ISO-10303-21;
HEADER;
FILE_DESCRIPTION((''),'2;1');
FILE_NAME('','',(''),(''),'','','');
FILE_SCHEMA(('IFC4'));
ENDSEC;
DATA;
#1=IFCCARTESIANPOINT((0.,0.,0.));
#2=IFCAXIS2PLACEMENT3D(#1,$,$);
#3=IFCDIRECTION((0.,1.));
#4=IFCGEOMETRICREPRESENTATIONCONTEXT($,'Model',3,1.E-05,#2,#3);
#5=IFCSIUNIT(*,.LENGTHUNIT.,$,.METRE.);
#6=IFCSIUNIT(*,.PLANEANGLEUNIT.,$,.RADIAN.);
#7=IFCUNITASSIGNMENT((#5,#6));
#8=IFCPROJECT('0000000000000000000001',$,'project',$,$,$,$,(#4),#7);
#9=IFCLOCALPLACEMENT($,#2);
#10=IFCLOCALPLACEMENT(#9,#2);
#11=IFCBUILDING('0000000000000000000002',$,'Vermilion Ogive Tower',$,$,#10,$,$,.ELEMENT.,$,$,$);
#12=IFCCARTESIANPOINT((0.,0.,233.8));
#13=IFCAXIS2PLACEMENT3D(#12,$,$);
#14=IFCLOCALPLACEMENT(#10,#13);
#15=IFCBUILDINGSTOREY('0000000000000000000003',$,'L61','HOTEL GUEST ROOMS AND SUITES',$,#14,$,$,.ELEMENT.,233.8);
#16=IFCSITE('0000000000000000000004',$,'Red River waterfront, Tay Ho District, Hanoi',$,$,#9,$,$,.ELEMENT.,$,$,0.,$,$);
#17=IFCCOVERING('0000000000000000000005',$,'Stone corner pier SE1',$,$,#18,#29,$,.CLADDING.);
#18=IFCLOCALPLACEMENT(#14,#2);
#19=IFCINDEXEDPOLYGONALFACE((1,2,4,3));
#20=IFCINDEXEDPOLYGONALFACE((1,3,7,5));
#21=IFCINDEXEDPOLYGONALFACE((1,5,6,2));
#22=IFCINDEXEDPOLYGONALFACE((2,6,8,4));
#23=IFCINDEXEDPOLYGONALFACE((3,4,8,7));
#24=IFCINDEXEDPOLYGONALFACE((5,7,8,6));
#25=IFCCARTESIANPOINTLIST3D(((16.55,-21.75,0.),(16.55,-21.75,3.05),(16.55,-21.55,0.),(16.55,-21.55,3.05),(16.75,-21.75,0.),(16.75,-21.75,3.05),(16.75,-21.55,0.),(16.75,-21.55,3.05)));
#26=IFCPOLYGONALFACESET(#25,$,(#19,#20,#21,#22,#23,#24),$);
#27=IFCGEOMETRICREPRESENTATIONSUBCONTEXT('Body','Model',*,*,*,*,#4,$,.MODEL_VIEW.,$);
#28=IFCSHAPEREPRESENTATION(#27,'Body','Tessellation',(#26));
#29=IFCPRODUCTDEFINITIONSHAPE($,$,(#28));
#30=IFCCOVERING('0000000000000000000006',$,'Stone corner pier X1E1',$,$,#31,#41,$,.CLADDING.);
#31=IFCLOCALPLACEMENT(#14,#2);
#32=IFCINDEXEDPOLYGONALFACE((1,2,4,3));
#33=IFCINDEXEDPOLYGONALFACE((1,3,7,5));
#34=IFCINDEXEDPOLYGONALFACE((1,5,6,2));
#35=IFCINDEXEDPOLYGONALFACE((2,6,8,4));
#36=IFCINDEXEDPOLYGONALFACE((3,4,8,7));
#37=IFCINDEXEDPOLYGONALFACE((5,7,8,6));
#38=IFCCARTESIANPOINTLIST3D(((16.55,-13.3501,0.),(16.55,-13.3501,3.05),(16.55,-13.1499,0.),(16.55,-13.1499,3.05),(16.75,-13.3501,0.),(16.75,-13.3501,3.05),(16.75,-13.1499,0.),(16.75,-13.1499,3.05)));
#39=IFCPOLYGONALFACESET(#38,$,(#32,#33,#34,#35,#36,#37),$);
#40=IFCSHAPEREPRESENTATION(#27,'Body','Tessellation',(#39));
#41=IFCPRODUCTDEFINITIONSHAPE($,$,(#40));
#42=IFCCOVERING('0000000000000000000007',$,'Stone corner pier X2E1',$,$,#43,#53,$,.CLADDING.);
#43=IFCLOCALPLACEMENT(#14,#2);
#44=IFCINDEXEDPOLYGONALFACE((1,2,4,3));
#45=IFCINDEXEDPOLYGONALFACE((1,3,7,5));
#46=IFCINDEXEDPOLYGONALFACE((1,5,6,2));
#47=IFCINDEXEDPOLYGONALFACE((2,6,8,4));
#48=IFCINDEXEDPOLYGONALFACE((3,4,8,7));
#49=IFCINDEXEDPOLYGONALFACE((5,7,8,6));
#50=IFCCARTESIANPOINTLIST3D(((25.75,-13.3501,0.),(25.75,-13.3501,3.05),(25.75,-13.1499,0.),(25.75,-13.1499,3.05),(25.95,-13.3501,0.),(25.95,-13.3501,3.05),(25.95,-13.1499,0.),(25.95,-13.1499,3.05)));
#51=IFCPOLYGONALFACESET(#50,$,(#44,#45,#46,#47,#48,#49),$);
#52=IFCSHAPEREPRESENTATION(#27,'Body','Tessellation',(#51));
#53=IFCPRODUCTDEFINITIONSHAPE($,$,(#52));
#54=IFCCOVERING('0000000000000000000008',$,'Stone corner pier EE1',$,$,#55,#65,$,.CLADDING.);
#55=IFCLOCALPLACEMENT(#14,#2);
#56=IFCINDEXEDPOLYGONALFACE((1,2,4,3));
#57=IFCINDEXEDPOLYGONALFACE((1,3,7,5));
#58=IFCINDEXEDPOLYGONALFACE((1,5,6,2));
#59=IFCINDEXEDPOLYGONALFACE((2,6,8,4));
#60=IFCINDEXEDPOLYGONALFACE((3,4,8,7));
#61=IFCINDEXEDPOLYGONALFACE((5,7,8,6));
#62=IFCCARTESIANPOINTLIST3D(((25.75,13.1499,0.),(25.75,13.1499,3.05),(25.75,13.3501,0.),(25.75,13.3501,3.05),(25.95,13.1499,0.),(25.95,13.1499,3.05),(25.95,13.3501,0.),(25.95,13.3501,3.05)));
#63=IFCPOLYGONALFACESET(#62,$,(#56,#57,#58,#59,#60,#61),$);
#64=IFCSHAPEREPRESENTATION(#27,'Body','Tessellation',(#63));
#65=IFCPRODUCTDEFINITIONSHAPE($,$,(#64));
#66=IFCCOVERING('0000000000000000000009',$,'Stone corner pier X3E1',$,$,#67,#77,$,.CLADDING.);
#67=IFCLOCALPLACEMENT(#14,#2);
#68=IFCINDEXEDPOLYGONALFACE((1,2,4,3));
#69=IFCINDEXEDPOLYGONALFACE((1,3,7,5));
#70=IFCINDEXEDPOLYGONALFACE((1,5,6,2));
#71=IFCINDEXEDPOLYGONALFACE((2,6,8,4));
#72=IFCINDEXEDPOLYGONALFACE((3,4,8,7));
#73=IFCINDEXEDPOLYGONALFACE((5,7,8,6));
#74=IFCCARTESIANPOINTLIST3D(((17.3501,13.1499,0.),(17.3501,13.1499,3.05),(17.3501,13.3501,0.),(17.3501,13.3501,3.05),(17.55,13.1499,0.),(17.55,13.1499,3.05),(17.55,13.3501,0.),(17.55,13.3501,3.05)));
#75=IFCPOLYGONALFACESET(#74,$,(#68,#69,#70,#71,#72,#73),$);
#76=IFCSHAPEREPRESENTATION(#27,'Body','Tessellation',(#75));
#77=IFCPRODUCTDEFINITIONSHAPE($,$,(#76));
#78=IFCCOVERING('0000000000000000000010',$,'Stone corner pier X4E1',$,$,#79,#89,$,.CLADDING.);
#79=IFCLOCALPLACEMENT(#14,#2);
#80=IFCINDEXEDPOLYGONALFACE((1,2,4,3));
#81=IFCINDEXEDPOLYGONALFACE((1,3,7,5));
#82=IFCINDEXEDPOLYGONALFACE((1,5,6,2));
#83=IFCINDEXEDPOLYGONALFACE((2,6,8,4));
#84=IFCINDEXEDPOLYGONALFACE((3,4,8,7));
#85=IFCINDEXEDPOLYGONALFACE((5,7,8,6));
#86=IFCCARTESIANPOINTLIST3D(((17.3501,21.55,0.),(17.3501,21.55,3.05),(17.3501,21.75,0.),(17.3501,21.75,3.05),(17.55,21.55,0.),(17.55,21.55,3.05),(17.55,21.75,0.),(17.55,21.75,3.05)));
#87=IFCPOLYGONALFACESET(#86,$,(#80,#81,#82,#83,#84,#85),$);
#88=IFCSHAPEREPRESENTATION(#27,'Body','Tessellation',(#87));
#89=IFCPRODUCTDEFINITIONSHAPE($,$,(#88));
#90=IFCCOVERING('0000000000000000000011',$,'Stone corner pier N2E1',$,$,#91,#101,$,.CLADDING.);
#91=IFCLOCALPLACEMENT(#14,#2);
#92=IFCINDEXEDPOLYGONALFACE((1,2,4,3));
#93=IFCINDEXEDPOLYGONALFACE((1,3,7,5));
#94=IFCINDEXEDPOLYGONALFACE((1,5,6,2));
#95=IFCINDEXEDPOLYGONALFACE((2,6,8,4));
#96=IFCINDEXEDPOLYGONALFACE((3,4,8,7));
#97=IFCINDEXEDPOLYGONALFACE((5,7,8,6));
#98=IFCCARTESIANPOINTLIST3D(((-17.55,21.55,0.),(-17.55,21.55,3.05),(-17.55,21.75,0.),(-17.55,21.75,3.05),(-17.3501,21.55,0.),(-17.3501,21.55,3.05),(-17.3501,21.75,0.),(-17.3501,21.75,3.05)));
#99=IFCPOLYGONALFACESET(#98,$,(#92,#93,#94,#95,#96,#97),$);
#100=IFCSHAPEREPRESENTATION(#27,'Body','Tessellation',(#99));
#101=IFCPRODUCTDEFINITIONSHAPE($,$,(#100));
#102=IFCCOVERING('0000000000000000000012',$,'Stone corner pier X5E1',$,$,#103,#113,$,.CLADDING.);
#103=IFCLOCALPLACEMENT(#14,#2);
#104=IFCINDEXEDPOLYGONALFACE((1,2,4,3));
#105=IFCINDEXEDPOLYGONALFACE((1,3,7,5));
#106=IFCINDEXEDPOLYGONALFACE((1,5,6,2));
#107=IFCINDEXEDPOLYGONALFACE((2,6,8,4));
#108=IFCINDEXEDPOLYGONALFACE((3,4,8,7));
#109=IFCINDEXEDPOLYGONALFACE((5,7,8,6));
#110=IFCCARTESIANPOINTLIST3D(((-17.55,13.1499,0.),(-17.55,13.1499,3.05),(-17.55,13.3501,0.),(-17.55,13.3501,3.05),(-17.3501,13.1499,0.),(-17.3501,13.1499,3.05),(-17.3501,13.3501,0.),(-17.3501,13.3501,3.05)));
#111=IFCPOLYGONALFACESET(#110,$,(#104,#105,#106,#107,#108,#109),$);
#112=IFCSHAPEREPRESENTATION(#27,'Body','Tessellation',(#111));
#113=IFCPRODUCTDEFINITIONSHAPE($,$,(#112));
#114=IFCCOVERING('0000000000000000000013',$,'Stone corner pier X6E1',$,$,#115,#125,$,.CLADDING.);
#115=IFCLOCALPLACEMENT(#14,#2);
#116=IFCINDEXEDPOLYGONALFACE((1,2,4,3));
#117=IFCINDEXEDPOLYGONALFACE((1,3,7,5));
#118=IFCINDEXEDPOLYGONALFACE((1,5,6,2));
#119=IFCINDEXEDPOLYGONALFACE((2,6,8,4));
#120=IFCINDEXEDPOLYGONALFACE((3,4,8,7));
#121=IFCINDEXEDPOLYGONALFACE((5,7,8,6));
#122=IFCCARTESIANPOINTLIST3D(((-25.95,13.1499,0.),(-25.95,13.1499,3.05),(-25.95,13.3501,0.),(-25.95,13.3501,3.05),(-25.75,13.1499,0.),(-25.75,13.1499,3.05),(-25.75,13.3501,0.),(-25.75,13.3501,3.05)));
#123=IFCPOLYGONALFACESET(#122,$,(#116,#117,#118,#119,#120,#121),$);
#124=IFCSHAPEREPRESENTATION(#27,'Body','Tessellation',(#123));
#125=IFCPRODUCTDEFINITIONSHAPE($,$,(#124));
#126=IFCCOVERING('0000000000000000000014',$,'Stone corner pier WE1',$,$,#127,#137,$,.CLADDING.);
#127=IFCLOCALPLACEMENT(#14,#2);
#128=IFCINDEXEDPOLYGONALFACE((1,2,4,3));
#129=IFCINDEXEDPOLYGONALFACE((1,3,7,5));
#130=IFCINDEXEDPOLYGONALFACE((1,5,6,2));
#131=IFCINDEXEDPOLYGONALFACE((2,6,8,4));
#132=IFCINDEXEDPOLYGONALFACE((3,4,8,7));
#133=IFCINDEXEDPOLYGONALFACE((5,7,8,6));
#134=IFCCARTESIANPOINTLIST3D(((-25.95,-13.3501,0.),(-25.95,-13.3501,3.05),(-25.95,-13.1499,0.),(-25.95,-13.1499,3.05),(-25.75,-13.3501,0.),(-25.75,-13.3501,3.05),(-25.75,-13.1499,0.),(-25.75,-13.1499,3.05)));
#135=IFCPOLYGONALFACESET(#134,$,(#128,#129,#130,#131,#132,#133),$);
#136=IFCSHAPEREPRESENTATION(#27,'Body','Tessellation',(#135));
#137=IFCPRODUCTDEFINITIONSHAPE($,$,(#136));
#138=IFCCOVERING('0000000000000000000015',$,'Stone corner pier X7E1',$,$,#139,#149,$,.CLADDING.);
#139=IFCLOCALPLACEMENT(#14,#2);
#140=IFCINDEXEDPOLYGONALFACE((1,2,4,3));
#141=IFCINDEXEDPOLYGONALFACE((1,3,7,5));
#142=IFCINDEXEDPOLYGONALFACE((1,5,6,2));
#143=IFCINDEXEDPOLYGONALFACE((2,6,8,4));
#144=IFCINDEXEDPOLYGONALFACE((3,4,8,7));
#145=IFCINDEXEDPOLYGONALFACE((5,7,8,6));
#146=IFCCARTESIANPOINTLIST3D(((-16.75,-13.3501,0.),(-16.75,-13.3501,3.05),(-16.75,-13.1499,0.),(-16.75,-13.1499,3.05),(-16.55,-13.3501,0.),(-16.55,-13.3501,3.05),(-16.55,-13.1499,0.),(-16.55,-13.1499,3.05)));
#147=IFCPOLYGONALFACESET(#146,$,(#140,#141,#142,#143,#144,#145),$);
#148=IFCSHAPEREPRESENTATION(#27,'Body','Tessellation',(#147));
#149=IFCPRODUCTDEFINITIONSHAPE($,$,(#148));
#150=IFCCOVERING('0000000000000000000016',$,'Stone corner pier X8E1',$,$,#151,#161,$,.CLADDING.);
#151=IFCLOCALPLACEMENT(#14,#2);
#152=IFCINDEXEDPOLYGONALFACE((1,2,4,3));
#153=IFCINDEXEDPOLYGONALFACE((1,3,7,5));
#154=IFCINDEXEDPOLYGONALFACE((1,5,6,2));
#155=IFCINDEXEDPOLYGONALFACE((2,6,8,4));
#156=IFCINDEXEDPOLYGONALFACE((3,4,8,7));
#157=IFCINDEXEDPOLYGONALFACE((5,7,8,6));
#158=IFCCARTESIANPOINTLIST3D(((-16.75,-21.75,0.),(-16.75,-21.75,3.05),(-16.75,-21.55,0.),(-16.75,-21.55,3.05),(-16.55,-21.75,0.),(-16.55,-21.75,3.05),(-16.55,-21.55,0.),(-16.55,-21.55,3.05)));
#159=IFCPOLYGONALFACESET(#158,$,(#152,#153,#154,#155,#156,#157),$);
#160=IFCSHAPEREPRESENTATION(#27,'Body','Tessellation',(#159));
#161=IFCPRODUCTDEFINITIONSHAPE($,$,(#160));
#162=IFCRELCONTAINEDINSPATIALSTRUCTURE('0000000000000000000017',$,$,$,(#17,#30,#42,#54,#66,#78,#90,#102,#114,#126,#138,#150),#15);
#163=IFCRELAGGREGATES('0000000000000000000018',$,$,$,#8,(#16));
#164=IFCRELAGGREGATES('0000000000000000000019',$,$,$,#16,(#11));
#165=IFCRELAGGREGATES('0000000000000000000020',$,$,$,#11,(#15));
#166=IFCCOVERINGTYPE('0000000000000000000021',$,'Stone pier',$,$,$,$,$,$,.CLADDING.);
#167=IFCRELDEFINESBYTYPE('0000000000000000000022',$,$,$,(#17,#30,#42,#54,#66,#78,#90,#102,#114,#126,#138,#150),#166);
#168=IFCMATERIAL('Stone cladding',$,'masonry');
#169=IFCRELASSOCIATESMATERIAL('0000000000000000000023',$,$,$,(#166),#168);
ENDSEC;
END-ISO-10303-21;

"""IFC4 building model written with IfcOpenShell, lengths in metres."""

from ifc_helpers import new_model, si_unit, direction, frame, origin, place, context, subcontext, project, spatial, polyline, outline, extrude, material, type_object, element, save


model = new_model("IFC4")

# Units and contexts
model_context = context("Model", 3, precision=1e-05, world=origin(), true_north=direction((0.0, 1.0)))
body_context = subcontext(model_context, "Body", "Model", "MODEL_VIEW")
ifc_project = project(units=[si_unit("LENGTHUNIT", "METRE"), si_unit("PLANEANGLEUNIT", "RADIAN")], contexts=[model_context])

# Site, building, storey
site_placement = place(None, origin())
site = spatial("IfcSite", under=ifc_project, at=site_placement, Name="Red River waterfront, Tay Ho District, Hanoi", CompositionType="ELEMENT", RefElevation=0.0)
building_placement = place(site_placement, origin())
building = spatial("IfcBuilding", under=site, at=building_placement, Name="Vermilion Ogive Tower", CompositionType="ELEMENT")
storey_placement = place(building_placement, frame((0.0, 0.0, 233.8)))
storey = spatial("IfcBuildingStorey", under=building, at=storey_placement, Name="L61", Description="HOTEL GUEST ROOMS AND SUITES", CompositionType="ELEMENT", Elevation=233.8)

# Coverings
ifc_material_1 = material(Name="Stone cladding", Category="masonry")
covering_type_1 = type_object("IfcCoveringType", Name="Stone pier", PredefinedType="CLADDING", material=ifc_material_1)
covering_1_placement = place(storey_placement, origin())
element("IfcCovering", 1, at=covering_1_placement, inside=storey, type_object=covering_type_1, Name="Stone corner pier SE1", PredefinedType="CLADDING", context=body_context, shape_type="SweptSolid", body=[
    extrude(outline(polyline([(16.55, -21.55), (16.75, -21.55), (16.75, -21.75), (16.55, -21.75), (16.55, -21.55)])), origin(), (0.0, 0.0, 1.0), 3.05),
])
covering_2_placement = place(storey_placement, origin())
element("IfcCovering", 2, at=covering_2_placement, inside=storey, type_object=covering_type_1, Name="Stone corner pier X1E1", PredefinedType="CLADDING", context=body_context, shape_type="SweptSolid", body=[
    extrude(outline(polyline([(16.55, -13.1499), (16.75, -13.1499), (16.75, -13.3501), (16.55, -13.3501), (16.55, -13.1499)])), origin(), (0.0, 0.0, 1.0), 3.05),
])
covering_3_placement = place(storey_placement, origin())
element("IfcCovering", 3, at=covering_3_placement, inside=storey, type_object=covering_type_1, Name="Stone corner pier X2E1", PredefinedType="CLADDING", context=body_context, shape_type="SweptSolid", body=[
    extrude(outline(polyline([(25.75, -13.1499), (25.95, -13.1499), (25.95, -13.3501), (25.75, -13.3501), (25.75, -13.1499)])), origin(), (0.0, 0.0, 1.0), 3.05),
])
covering_4_placement = place(storey_placement, origin())
element("IfcCovering", 4, at=covering_4_placement, inside=storey, type_object=covering_type_1, Name="Stone corner pier EE1", PredefinedType="CLADDING", context=body_context, shape_type="SweptSolid", body=[
    extrude(outline(polyline([(25.75, 13.1499), (25.75, 13.3501), (25.95, 13.3501), (25.95, 13.1499), (25.75, 13.1499)])), origin(), (0.0, 0.0, 1.0), 3.05),
])
covering_5_placement = place(storey_placement, origin())
element("IfcCovering", 5, at=covering_5_placement, inside=storey, type_object=covering_type_1, Name="Stone corner pier X3E1", PredefinedType="CLADDING", context=body_context, shape_type="SweptSolid", body=[
    extrude(outline(polyline([(17.3501, 13.1499), (17.3501, 13.3501), (17.55, 13.3501), (17.55, 13.1499), (17.3501, 13.1499)])), origin(), (0.0, 0.0, 1.0), 3.05),
])
covering_6_placement = place(storey_placement, origin())
element("IfcCovering", 6, at=covering_6_placement, inside=storey, type_object=covering_type_1, Name="Stone corner pier X4E1", PredefinedType="CLADDING", context=body_context, shape_type="SweptSolid", body=[
    extrude(outline(polyline([(17.3501, 21.55), (17.3501, 21.75), (17.55, 21.75), (17.55, 21.55), (17.3501, 21.55)])), origin(), (0.0, 0.0, 1.0), 3.05),
])
covering_7_placement = place(storey_placement, origin())
element("IfcCovering", 7, at=covering_7_placement, inside=storey, type_object=covering_type_1, Name="Stone corner pier N2E1", PredefinedType="CLADDING", context=body_context, shape_type="SweptSolid", body=[
    extrude(outline(polyline([(-17.3501, 21.55), (-17.55, 21.55), (-17.55, 21.75), (-17.3501, 21.75), (-17.3501, 21.55)])), origin(), (0.0, 0.0, 1.0), 3.05),
])
covering_8_placement = place(storey_placement, origin())
element("IfcCovering", 8, at=covering_8_placement, inside=storey, type_object=covering_type_1, Name="Stone corner pier X5E1", PredefinedType="CLADDING", context=body_context, shape_type="SweptSolid", body=[
    extrude(outline(polyline([(-17.3501, 13.1499), (-17.55, 13.1499), (-17.55, 13.3501), (-17.3501, 13.3501), (-17.3501, 13.1499)])), origin(), (0.0, 0.0, 1.0), 3.05),
])
covering_9_placement = place(storey_placement, origin())
element("IfcCovering", 9, at=covering_9_placement, inside=storey, type_object=covering_type_1, Name="Stone corner pier X6E1", PredefinedType="CLADDING", context=body_context, shape_type="SweptSolid", body=[
    extrude(outline(polyline([(-25.75, 13.1499), (-25.95, 13.1499), (-25.95, 13.3501), (-25.75, 13.3501), (-25.75, 13.1499)])), origin(), (0.0, 0.0, 1.0), 3.05),
])
covering_10_placement = place(storey_placement, origin())
element("IfcCovering", 10, at=covering_10_placement, inside=storey, type_object=covering_type_1, Name="Stone corner pier WE1", PredefinedType="CLADDING", context=body_context, shape_type="SweptSolid", body=[
    extrude(outline(polyline([(-25.75, -13.1499), (-25.75, -13.3501), (-25.95, -13.3501), (-25.95, -13.1499), (-25.75, -13.1499)])), origin(), (0.0, 0.0, 1.0), 3.05),
])
covering_11_placement = place(storey_placement, origin())
element("IfcCovering", 11, at=covering_11_placement, inside=storey, type_object=covering_type_1, Name="Stone corner pier X7E1", PredefinedType="CLADDING", context=body_context, shape_type="SweptSolid", body=[
    extrude(outline(polyline([(-16.55, -13.1499), (-16.55, -13.3501), (-16.75, -13.3501), (-16.75, -13.1499), (-16.55, -13.1499)])), origin(), (0.0, 0.0, 1.0), 3.05),
])
covering_12_placement = place(storey_placement, origin())
element("IfcCovering", 12, at=covering_12_placement, inside=storey, type_object=covering_type_1, Name="Stone corner pier X8E1", PredefinedType="CLADDING", context=body_context, shape_type="SweptSolid", body=[
    extrude(outline(polyline([(-16.55, -21.55), (-16.55, -21.75), (-16.75, -21.75), (-16.75, -21.55), (-16.55, -21.55)])), origin(), (0.0, 0.0, 1.0), 3.05),
])

save(model, "model.ifc")
